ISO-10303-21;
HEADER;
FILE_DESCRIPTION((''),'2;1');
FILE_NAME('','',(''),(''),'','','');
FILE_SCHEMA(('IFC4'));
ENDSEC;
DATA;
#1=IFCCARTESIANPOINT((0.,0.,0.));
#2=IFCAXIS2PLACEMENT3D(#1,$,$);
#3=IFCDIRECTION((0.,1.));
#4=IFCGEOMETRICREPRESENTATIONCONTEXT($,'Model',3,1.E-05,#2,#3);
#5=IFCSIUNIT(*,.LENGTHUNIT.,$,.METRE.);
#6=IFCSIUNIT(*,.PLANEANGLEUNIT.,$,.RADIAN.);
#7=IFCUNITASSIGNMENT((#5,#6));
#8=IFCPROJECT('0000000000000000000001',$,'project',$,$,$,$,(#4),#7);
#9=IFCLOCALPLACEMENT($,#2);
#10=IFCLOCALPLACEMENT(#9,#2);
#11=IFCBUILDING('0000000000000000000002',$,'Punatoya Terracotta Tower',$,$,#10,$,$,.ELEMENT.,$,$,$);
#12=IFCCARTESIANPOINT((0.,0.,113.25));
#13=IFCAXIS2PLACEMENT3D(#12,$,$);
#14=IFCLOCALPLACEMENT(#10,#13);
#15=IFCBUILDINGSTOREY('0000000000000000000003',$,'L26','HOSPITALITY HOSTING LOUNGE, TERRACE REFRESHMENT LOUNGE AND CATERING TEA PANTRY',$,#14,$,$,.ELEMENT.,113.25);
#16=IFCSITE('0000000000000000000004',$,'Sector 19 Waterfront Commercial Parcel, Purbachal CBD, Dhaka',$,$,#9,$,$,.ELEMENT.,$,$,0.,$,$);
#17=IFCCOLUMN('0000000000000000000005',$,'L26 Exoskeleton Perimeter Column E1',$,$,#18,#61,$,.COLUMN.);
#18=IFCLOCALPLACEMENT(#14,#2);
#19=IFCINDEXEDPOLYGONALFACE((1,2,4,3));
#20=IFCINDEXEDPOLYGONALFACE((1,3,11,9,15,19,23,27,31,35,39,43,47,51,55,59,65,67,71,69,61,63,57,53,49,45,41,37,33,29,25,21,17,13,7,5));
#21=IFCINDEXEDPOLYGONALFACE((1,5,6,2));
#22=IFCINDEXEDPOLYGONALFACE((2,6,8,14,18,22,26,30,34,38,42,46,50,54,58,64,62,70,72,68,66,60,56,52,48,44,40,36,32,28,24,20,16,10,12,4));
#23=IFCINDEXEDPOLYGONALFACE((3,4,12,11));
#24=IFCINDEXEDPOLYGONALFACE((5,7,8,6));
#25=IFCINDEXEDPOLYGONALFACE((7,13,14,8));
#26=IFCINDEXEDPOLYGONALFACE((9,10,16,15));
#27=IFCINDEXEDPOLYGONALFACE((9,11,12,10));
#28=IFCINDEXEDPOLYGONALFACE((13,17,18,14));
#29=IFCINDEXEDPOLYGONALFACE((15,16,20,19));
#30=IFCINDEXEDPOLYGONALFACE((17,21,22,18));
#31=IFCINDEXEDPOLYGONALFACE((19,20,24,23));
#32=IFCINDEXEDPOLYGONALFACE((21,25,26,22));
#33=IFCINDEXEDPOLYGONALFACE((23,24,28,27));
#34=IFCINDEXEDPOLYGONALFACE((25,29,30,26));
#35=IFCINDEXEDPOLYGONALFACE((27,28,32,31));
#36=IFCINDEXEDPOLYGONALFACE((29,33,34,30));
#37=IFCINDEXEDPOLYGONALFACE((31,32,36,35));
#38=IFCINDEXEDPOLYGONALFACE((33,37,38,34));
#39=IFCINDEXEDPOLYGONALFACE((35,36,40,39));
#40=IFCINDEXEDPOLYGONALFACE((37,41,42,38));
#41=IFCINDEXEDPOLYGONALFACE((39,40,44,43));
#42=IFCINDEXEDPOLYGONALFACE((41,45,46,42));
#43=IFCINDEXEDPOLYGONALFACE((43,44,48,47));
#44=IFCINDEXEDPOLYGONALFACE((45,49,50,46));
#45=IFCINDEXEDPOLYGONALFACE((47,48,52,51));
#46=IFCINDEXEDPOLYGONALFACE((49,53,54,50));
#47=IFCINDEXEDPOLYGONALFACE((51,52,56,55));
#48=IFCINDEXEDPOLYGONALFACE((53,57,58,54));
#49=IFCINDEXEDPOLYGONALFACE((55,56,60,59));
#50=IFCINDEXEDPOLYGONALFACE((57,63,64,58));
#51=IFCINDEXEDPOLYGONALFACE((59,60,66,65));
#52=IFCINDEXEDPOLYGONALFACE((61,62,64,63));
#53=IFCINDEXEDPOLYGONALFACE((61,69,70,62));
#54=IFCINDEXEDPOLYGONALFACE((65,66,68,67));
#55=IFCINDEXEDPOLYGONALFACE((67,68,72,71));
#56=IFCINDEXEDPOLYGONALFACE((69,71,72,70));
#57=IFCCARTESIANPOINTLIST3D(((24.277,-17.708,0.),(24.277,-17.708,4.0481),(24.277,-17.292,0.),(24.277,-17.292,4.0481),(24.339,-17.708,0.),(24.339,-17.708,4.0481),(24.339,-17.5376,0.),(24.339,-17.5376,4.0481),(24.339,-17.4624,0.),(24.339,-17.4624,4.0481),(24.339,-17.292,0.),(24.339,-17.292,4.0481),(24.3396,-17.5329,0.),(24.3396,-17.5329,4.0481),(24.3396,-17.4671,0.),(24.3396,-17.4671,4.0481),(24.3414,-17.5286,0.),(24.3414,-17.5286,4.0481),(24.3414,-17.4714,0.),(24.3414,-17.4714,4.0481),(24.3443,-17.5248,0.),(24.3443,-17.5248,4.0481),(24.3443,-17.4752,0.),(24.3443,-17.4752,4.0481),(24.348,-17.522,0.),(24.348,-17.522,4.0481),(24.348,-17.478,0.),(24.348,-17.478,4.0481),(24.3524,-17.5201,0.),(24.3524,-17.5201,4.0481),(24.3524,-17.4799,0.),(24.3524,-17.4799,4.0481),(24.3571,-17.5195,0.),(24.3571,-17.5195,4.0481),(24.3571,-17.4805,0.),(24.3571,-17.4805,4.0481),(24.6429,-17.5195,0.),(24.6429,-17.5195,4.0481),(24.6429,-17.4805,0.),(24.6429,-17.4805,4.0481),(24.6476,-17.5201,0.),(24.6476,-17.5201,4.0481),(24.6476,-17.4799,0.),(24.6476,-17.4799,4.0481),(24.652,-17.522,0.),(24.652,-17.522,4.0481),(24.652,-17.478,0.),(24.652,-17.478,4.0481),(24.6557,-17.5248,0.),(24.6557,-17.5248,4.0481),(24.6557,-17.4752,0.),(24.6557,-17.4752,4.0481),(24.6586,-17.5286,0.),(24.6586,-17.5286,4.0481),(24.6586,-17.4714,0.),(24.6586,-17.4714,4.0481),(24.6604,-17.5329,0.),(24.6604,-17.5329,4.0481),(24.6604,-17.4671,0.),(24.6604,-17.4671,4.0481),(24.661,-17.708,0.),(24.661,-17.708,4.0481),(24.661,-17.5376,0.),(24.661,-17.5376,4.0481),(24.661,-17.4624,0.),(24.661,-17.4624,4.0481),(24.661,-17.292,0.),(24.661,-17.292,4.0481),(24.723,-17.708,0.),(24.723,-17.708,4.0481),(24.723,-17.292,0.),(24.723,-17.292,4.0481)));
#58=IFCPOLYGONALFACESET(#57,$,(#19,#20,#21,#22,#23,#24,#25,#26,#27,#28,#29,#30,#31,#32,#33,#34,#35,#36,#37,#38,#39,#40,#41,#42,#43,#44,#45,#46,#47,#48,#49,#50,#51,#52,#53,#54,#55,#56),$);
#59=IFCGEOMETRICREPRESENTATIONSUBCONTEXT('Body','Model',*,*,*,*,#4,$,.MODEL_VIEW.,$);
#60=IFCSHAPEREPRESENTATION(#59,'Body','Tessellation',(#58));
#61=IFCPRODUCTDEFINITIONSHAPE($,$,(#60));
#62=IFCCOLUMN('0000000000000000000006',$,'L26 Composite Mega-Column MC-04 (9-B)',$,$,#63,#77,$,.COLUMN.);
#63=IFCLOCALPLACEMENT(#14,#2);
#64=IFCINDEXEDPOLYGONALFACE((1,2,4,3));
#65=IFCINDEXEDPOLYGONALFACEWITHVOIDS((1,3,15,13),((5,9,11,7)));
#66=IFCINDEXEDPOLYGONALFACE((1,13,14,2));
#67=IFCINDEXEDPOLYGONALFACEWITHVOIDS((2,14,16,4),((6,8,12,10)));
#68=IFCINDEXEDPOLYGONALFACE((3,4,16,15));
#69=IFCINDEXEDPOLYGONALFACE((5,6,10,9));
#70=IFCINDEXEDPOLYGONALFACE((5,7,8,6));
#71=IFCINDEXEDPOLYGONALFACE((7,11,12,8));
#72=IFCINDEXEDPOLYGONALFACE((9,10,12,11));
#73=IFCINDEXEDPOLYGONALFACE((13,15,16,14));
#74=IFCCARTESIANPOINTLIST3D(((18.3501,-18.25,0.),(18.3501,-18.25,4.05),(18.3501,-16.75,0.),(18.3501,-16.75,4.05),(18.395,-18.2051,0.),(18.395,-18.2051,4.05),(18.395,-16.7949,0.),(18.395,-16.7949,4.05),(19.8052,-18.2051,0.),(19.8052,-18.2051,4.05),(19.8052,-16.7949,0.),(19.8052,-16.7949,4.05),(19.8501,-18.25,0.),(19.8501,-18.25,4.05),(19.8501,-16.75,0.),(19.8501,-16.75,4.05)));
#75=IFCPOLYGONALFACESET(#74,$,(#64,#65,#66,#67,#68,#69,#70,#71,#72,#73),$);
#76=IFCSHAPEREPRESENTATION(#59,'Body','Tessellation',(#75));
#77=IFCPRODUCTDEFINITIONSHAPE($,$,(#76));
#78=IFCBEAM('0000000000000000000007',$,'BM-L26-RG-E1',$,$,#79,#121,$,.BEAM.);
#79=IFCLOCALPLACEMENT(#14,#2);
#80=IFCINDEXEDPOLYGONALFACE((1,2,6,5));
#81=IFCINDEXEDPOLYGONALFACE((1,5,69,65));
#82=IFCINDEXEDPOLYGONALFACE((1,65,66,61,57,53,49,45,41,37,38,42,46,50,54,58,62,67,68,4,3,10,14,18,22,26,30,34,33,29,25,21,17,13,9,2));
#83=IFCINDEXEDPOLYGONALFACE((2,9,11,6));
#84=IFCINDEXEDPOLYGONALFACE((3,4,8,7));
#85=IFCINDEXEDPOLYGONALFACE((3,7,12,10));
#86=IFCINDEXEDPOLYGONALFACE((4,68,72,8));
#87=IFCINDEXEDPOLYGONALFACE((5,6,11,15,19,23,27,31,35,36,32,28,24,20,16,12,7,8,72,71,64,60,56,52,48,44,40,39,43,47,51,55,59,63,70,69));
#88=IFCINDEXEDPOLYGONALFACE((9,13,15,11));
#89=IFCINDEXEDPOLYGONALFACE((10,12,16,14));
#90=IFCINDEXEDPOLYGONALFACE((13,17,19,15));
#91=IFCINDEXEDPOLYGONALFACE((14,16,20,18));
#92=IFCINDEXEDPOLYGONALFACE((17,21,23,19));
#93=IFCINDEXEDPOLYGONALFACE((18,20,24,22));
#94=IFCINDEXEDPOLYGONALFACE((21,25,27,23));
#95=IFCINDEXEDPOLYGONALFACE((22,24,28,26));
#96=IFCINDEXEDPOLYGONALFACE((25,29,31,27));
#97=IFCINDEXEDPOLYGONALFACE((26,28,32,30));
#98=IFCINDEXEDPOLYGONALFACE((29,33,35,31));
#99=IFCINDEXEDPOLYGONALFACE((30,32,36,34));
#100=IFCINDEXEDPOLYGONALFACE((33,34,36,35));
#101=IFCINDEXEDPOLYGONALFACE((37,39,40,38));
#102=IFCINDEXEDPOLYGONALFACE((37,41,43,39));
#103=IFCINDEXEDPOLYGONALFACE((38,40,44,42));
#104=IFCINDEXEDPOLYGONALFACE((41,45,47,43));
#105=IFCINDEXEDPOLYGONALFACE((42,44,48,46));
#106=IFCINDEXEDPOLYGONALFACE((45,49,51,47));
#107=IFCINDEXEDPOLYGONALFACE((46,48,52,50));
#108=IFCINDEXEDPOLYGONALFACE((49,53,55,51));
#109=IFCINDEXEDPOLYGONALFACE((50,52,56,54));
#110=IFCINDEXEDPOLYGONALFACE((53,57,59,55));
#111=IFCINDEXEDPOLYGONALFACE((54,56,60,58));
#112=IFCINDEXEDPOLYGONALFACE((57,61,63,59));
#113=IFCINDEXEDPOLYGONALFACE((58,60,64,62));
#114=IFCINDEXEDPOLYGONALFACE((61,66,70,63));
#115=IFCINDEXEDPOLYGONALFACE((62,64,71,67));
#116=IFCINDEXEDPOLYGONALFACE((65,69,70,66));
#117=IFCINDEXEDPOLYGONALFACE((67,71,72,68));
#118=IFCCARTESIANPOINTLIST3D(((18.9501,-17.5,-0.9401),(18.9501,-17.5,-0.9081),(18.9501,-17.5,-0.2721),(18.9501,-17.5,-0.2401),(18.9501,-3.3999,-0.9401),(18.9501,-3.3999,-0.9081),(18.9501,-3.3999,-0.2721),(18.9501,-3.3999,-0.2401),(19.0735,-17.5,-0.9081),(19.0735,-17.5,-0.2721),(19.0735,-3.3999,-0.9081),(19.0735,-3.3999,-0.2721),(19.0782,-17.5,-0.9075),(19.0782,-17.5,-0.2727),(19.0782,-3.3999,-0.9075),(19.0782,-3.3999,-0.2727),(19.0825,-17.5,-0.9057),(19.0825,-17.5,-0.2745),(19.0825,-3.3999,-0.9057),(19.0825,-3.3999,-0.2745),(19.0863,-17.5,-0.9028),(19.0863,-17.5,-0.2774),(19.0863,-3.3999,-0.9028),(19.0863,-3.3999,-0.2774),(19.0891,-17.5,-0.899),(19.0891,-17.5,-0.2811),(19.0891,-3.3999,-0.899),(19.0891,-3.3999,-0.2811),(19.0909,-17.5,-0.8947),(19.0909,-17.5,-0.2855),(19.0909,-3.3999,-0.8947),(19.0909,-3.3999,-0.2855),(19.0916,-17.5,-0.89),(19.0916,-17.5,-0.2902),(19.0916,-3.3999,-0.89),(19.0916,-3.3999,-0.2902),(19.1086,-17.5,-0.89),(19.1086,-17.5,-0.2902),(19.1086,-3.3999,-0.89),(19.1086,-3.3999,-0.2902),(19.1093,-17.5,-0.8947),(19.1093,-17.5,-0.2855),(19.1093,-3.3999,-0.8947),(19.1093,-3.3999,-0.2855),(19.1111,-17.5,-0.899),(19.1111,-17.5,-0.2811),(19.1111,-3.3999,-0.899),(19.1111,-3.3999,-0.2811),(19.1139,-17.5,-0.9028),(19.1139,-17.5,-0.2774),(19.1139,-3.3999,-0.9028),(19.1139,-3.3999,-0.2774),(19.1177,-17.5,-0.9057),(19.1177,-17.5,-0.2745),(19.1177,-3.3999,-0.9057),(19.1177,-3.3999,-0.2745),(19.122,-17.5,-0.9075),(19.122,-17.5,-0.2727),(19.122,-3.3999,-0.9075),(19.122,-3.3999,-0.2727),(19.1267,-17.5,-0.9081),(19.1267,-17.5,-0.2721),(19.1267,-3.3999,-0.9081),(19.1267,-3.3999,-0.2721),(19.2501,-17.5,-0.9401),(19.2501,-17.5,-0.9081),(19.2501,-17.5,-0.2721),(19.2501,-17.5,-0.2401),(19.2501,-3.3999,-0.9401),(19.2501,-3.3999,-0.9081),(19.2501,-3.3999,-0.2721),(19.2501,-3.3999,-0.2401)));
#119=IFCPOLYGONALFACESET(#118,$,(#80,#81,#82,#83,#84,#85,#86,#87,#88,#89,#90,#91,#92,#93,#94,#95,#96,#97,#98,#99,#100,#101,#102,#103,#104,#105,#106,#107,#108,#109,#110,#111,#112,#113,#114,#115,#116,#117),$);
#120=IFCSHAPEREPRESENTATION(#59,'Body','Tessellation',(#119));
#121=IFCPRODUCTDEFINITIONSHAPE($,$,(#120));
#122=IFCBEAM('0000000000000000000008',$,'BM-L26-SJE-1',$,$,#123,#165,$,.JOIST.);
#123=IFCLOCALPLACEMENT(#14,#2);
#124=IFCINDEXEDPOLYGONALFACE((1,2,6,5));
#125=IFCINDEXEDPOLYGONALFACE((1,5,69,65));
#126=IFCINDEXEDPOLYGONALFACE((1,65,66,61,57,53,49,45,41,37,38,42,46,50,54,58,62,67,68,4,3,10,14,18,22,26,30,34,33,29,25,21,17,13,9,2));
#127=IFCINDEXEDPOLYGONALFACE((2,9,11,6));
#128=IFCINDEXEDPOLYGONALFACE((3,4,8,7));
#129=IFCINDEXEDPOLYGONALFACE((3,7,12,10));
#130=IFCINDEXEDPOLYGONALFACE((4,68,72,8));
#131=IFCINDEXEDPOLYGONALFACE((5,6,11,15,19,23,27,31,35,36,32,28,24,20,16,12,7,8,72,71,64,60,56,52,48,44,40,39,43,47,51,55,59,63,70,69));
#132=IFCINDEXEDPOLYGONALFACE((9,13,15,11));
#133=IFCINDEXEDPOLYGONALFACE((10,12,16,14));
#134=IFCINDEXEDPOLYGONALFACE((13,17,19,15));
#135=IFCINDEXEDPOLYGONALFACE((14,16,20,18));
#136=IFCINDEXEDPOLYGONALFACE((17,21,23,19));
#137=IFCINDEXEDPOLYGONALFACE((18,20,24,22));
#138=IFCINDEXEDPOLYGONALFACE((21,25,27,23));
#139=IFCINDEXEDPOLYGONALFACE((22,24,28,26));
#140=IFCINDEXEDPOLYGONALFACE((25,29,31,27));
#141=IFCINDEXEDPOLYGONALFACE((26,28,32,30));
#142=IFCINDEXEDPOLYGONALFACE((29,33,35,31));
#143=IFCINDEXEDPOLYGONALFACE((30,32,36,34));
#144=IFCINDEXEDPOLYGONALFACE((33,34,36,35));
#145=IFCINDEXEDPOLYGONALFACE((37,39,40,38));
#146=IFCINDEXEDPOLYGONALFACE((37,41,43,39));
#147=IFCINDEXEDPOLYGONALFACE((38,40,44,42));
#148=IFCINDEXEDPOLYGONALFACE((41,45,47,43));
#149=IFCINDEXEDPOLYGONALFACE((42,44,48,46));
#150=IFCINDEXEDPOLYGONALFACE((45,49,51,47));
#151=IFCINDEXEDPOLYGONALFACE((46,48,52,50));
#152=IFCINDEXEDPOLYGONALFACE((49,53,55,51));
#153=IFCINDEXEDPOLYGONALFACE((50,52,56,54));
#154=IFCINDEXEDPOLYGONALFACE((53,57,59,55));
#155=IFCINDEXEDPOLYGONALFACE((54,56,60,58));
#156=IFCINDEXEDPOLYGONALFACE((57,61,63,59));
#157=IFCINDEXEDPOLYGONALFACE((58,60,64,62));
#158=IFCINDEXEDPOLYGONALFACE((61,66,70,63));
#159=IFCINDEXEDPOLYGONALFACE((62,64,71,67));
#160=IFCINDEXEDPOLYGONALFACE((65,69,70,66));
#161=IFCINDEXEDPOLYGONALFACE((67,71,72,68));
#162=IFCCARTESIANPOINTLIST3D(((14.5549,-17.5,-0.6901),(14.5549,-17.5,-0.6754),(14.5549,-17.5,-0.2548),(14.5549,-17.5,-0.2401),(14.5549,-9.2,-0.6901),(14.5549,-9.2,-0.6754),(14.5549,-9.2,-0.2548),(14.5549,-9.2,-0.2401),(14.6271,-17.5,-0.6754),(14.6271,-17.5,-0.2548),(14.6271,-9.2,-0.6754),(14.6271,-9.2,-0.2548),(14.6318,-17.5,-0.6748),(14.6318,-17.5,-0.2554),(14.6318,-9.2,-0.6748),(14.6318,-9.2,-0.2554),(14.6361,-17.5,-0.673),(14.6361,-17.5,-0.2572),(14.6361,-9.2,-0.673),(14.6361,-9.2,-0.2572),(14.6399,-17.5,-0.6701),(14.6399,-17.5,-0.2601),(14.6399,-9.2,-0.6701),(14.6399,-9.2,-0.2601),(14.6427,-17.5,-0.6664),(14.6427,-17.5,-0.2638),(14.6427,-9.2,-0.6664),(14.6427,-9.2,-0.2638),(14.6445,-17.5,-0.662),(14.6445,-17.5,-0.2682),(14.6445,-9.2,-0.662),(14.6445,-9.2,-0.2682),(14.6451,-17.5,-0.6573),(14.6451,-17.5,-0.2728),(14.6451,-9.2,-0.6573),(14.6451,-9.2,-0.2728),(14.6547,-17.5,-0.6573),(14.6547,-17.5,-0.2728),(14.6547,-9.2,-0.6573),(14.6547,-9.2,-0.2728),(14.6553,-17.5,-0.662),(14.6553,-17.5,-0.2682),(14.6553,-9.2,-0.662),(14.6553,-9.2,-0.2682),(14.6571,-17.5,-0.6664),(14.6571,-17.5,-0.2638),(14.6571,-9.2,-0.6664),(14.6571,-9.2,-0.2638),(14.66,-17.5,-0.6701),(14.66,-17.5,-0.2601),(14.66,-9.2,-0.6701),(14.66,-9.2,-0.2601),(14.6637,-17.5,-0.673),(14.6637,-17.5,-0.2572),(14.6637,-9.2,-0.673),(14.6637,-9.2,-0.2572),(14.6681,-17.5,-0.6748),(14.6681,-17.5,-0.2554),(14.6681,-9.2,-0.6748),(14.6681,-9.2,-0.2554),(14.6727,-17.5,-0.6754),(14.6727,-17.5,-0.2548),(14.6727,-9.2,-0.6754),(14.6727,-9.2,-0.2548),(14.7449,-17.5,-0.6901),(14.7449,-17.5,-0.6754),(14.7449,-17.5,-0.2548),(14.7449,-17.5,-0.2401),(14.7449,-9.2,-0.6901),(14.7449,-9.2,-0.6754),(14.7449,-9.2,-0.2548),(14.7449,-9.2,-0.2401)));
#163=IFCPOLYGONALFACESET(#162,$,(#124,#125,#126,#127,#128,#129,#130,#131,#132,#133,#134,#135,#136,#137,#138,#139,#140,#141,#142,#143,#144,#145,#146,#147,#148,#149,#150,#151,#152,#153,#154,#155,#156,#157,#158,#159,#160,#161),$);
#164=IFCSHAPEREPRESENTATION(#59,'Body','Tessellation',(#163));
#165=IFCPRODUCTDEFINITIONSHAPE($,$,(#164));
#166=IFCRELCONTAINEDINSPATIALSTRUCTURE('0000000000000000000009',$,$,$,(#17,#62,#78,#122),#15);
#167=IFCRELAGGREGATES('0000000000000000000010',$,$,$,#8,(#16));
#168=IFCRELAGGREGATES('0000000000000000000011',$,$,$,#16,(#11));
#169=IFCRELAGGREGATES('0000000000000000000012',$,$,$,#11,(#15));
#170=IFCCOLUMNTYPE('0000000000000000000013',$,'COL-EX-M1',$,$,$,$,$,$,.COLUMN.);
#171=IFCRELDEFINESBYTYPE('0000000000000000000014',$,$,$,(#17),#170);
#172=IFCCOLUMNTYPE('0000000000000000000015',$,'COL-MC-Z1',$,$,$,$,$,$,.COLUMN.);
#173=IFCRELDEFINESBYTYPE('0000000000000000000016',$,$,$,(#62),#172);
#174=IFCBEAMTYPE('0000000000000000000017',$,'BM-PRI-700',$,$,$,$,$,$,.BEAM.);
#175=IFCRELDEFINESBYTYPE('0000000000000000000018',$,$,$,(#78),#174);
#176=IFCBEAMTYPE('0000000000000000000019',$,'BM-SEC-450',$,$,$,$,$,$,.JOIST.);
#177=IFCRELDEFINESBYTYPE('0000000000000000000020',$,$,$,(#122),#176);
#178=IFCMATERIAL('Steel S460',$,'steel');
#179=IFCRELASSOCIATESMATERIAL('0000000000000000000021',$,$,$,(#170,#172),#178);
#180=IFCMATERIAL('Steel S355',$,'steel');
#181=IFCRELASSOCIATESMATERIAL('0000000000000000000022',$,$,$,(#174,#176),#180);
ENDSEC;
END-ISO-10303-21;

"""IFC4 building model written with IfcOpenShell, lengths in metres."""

from ifc_helpers import new_model, si_unit, direction, frame, origin, origin_2d, place, context, subcontext, project, spatial, hollow_rectangle, i_section, extrude, material, material_profile, profile_set, type_object, element, save


model = new_model("IFC4")

# Units and contexts
model_context = context("Model", 3, precision=1e-05, world=origin(), true_north=direction((0.0, 1.0)))
body_context = subcontext(model_context, "Body", "Model", "MODEL_VIEW")
ifc_project = project(units=[si_unit("LENGTHUNIT", "METRE"), si_unit("PLANEANGLEUNIT", "RADIAN")], contexts=[model_context])

# Site, building, storey
site_placement = place(None, origin())
site = spatial("IfcSite", under=ifc_project, at=site_placement, Name="Sector 19 Waterfront Commercial Parcel, Purbachal CBD, Dhaka", CompositionType="ELEMENT", RefElevation=0.0)
building_placement = place(site_placement, origin())
building = spatial("IfcBuilding", under=site, at=building_placement, Name="Punatoya Terracotta Tower", CompositionType="ELEMENT")
storey_placement = place(building_placement, frame((0.0, 0.0, 113.25)))
storey = spatial("IfcBuildingStorey", under=building, at=storey_placement, Name="L26", Description="HOSPITALITY HOSTING LOUNGE, TERRACE REFRESHMENT LOUNGE AND CATERING TEA PANTRY", CompositionType="ELEMENT", Elevation=113.25)

# Columns
ifc_material_1 = material(Name="Steel S460", Category="steel")
ifc_material_profile_1 = material_profile(ifc_material_1, i_section(OverallWidth=0.416, OverallDepth=0.446, WebThickness=0.0391, FlangeThickness=0.062, FilletRadius=0.0181, at=origin_2d()))
ifc_profile_set_1 = profile_set([ifc_material_profile_1], Name="Steel S460")
column_type_1 = type_object("IfcColumnType", Name="COL-EX-M1", PredefinedType="COLUMN", material=ifc_profile_set_1)
column_1_placement = place(storey_placement, frame((24.5, -17.5, 0.0), z_axis=(0.0, 0.0, 1.0), x_axis=(0.0, 1.0, 0.0)))
element("IfcColumn", 1, at=column_1_placement, inside=storey, type_object=column_type_1, Name="L26 Exoskeleton Perimeter Column E1", PredefinedType="COLUMN", context=body_context, shape_type="SweptSolid", body=[
    extrude(i_section(OverallWidth=0.416, OverallDepth=0.446, WebThickness=0.0391, FlangeThickness=0.062, FilletRadius=0.0181, at=origin_2d()), origin(), (0.0, 0.0, 1.0), 4.0481),
])
ifc_material_profile_2 = material_profile(ifc_material_1, hollow_rectangle(XDim=1.5, YDim=1.5, WallThickness=0.0449, at=origin_2d()))
ifc_profile_set_2 = profile_set([ifc_material_profile_2], Name="Steel S460")
column_type_2 = type_object("IfcColumnType", Name="COL-MC-Z1", PredefinedType="COLUMN", material=ifc_profile_set_2)
column_2_placement = place(storey_placement, frame((19.1001, -17.5, 0.0), z_axis=(0.0, 0.0, 1.0), x_axis=(1.0, 0.0, 0.0)))
element("IfcColumn", 2, at=column_2_placement, inside=storey, type_object=column_type_2, Name="L26 Composite Mega-Column MC-04 (9-B)", PredefinedType="COLUMN", context=body_context, shape_type="SweptSolid", body=[
    extrude(hollow_rectangle(XDim=1.5, YDim=1.5, WallThickness=0.0449, at=origin_2d()), origin(), (0.0, 0.0, 1.0), 4.05),
])

# Beams
ifc_material_2 = material(Name="Steel S355", Category="steel")
ifc_material_profile_3 = material_profile(ifc_material_2, i_section(OverallWidth=0.3, OverallDepth=0.7, WebThickness=0.0171, FlangeThickness=0.032, FilletRadius=0.0181, at=origin_2d()))
ifc_profile_set_3 = profile_set([ifc_material_profile_3], Name="Steel S355")
beam_type_1 = type_object("IfcBeamType", Name="BM-PRI-700", PredefinedType="BEAM", material=ifc_profile_set_3)
beam_1_placement = place(storey_placement, frame((19.1001, -17.5, -0.5901), z_axis=(0.0, 1.0, 0.0), x_axis=(-1.0, 0.0, 0.0)))
element("IfcBeam", 3, at=beam_1_placement, inside=storey, type_object=beam_type_1, Name="BM-L26-RG-E1", PredefinedType="BEAM", context=body_context, shape_type="SweptSolid", body=[
    extrude(i_section(OverallWidth=0.3, OverallDepth=0.7, WebThickness=0.0171, FlangeThickness=0.032, FilletRadius=0.0181, at=origin_2d()), origin(), (0.0, 0.0, 1.0), 14.1001),
])
ifc_material_profile_4 = material_profile(ifc_material_2, i_section(OverallWidth=0.1899, OverallDepth=0.45, WebThickness=0.0095, FlangeThickness=0.0146, FilletRadius=0.0181, at=origin_2d()))
ifc_profile_set_4 = profile_set([ifc_material_profile_4], Name="Steel S355")
beam_type_2 = type_object("IfcBeamType", Name="BM-SEC-450", PredefinedType="JOIST", material=ifc_profile_set_4)
beam_2_placement = place(storey_placement, frame((14.6499, -17.5, -0.4651), z_axis=(0.0, 1.0, 0.0), x_axis=(-1.0, 0.0, 0.0)))
element("IfcBeam", 4, at=beam_2_placement, inside=storey, type_object=beam_type_2, Name="BM-L26-SJE-1", PredefinedType="JOIST", context=body_context, shape_type="SweptSolid", body=[
    extrude(i_section(OverallWidth=0.1899, OverallDepth=0.45, WebThickness=0.0095, FlangeThickness=0.0146, FilletRadius=0.0181, at=origin_2d()), origin(), (0.0, 0.0, 1.0), 8.3),
])

save(model, "model.ifc")
